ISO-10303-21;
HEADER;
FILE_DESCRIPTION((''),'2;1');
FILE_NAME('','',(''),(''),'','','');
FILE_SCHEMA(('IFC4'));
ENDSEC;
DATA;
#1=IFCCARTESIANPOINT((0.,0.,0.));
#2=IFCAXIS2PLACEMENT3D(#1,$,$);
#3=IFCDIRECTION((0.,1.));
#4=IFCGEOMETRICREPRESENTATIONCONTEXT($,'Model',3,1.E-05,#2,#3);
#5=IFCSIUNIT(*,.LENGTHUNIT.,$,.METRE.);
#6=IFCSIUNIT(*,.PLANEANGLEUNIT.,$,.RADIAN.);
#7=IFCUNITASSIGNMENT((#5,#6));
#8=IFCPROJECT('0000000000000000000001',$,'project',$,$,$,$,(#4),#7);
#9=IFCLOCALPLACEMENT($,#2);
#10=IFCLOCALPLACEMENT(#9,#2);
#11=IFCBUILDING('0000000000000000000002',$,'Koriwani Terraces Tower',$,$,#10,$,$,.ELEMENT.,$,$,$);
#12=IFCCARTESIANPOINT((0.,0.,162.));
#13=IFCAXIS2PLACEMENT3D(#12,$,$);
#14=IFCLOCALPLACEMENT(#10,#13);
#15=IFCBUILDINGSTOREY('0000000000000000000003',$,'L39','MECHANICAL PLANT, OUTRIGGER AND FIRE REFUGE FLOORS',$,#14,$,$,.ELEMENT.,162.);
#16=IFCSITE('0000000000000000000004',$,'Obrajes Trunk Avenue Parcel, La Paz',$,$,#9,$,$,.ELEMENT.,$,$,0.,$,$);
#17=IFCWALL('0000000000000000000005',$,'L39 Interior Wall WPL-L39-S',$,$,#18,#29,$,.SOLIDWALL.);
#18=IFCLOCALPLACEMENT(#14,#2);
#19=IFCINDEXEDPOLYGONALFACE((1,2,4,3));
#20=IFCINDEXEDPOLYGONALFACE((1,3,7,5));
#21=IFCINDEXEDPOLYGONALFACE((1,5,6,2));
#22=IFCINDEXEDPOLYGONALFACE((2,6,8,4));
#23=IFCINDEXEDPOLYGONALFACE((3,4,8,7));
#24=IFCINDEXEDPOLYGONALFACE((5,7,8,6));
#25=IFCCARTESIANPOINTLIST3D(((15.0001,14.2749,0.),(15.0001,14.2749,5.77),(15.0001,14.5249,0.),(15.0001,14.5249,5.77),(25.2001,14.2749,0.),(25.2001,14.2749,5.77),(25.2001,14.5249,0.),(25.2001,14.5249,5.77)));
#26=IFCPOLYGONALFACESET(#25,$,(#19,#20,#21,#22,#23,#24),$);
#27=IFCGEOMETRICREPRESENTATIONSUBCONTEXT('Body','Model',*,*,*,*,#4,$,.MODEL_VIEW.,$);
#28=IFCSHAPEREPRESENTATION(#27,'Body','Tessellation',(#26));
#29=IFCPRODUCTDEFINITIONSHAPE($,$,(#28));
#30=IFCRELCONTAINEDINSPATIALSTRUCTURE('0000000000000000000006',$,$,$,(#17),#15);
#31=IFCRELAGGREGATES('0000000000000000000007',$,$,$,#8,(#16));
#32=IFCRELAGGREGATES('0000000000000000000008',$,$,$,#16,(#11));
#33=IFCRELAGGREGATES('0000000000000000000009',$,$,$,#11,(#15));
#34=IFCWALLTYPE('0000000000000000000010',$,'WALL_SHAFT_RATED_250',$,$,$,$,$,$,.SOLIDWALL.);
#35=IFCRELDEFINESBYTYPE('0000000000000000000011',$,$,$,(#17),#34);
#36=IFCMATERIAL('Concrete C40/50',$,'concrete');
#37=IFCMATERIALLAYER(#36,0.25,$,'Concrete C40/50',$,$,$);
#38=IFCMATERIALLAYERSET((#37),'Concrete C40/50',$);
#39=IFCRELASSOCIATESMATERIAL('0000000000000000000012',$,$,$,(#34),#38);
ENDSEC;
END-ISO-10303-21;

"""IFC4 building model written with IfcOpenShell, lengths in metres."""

from ifc_helpers import new_model, si_unit, direction, frame, frame_2d, origin, place, context, subcontext, project, spatial, rectangle, extrude, material, layer, layer_set, type_object, element, save


model = new_model("IFC4")

# Units and contexts
model_context = context("Model", 3, precision=1e-05, world=origin(), true_north=direction((0.0, 1.0)))
body_context = subcontext(model_context, "Body", "Model", "MODEL_VIEW")
ifc_project = project(units=[si_unit("LENGTHUNIT", "METRE"), si_unit("PLANEANGLEUNIT", "RADIAN")], contexts=[model_context])

# Site, building, storey
site_placement = place(None, origin())
site = spatial("IfcSite", under=ifc_project, at=site_placement, Name="Obrajes Trunk Avenue Parcel, La Paz", CompositionType="ELEMENT", RefElevation=0.0)
building_placement = place(site_placement, origin())
building = spatial("IfcBuilding", under=site, at=building_placement, Name="Koriwani Terraces Tower", CompositionType="ELEMENT")
storey_placement = place(building_placement, frame((0.0, 0.0, 162.0)))
storey = spatial("IfcBuildingStorey", under=building, at=storey_placement, Name="L39", Description="MECHANICAL PLANT, OUTRIGGER AND FIRE REFUGE FLOORS", CompositionType="ELEMENT", Elevation=162.0)

# Shared definitions
ifc_material_1 = material(Name="Concrete C40/50", Category="concrete")
ifc_layer_1 = layer(ifc_material_1, 0.25, Name="Concrete C40/50")
ifc_layer_set_1 = layer_set([ifc_layer_1], Name="Concrete C40/50")
wall_type = type_object("IfcWallType", Name="WALL_SHAFT_RATED_250", PredefinedType="SOLIDWALL", material=ifc_layer_set_1)

# Wall
wall_1_placement = place(storey_placement, frame((15.0, 14.3999, 0.0), z_axis=(0.0, 0.0, 1.0), x_axis=(1.0, 0.0, 0.0)))
element("IfcWall", 1, at=wall_1_placement, inside=storey, type_object=wall_type, Name="L39 Interior Wall WPL-L39-S", PredefinedType="SOLIDWALL", context=body_context, shape_type="SweptSolid", body=[
    extrude(rectangle(XDim=10.2, YDim=0.25, at=frame_2d((5.1001, 0.0))), origin(), (0.0, 0.0, 1.0), 5.77),
])

save(model, "model.ifc")
